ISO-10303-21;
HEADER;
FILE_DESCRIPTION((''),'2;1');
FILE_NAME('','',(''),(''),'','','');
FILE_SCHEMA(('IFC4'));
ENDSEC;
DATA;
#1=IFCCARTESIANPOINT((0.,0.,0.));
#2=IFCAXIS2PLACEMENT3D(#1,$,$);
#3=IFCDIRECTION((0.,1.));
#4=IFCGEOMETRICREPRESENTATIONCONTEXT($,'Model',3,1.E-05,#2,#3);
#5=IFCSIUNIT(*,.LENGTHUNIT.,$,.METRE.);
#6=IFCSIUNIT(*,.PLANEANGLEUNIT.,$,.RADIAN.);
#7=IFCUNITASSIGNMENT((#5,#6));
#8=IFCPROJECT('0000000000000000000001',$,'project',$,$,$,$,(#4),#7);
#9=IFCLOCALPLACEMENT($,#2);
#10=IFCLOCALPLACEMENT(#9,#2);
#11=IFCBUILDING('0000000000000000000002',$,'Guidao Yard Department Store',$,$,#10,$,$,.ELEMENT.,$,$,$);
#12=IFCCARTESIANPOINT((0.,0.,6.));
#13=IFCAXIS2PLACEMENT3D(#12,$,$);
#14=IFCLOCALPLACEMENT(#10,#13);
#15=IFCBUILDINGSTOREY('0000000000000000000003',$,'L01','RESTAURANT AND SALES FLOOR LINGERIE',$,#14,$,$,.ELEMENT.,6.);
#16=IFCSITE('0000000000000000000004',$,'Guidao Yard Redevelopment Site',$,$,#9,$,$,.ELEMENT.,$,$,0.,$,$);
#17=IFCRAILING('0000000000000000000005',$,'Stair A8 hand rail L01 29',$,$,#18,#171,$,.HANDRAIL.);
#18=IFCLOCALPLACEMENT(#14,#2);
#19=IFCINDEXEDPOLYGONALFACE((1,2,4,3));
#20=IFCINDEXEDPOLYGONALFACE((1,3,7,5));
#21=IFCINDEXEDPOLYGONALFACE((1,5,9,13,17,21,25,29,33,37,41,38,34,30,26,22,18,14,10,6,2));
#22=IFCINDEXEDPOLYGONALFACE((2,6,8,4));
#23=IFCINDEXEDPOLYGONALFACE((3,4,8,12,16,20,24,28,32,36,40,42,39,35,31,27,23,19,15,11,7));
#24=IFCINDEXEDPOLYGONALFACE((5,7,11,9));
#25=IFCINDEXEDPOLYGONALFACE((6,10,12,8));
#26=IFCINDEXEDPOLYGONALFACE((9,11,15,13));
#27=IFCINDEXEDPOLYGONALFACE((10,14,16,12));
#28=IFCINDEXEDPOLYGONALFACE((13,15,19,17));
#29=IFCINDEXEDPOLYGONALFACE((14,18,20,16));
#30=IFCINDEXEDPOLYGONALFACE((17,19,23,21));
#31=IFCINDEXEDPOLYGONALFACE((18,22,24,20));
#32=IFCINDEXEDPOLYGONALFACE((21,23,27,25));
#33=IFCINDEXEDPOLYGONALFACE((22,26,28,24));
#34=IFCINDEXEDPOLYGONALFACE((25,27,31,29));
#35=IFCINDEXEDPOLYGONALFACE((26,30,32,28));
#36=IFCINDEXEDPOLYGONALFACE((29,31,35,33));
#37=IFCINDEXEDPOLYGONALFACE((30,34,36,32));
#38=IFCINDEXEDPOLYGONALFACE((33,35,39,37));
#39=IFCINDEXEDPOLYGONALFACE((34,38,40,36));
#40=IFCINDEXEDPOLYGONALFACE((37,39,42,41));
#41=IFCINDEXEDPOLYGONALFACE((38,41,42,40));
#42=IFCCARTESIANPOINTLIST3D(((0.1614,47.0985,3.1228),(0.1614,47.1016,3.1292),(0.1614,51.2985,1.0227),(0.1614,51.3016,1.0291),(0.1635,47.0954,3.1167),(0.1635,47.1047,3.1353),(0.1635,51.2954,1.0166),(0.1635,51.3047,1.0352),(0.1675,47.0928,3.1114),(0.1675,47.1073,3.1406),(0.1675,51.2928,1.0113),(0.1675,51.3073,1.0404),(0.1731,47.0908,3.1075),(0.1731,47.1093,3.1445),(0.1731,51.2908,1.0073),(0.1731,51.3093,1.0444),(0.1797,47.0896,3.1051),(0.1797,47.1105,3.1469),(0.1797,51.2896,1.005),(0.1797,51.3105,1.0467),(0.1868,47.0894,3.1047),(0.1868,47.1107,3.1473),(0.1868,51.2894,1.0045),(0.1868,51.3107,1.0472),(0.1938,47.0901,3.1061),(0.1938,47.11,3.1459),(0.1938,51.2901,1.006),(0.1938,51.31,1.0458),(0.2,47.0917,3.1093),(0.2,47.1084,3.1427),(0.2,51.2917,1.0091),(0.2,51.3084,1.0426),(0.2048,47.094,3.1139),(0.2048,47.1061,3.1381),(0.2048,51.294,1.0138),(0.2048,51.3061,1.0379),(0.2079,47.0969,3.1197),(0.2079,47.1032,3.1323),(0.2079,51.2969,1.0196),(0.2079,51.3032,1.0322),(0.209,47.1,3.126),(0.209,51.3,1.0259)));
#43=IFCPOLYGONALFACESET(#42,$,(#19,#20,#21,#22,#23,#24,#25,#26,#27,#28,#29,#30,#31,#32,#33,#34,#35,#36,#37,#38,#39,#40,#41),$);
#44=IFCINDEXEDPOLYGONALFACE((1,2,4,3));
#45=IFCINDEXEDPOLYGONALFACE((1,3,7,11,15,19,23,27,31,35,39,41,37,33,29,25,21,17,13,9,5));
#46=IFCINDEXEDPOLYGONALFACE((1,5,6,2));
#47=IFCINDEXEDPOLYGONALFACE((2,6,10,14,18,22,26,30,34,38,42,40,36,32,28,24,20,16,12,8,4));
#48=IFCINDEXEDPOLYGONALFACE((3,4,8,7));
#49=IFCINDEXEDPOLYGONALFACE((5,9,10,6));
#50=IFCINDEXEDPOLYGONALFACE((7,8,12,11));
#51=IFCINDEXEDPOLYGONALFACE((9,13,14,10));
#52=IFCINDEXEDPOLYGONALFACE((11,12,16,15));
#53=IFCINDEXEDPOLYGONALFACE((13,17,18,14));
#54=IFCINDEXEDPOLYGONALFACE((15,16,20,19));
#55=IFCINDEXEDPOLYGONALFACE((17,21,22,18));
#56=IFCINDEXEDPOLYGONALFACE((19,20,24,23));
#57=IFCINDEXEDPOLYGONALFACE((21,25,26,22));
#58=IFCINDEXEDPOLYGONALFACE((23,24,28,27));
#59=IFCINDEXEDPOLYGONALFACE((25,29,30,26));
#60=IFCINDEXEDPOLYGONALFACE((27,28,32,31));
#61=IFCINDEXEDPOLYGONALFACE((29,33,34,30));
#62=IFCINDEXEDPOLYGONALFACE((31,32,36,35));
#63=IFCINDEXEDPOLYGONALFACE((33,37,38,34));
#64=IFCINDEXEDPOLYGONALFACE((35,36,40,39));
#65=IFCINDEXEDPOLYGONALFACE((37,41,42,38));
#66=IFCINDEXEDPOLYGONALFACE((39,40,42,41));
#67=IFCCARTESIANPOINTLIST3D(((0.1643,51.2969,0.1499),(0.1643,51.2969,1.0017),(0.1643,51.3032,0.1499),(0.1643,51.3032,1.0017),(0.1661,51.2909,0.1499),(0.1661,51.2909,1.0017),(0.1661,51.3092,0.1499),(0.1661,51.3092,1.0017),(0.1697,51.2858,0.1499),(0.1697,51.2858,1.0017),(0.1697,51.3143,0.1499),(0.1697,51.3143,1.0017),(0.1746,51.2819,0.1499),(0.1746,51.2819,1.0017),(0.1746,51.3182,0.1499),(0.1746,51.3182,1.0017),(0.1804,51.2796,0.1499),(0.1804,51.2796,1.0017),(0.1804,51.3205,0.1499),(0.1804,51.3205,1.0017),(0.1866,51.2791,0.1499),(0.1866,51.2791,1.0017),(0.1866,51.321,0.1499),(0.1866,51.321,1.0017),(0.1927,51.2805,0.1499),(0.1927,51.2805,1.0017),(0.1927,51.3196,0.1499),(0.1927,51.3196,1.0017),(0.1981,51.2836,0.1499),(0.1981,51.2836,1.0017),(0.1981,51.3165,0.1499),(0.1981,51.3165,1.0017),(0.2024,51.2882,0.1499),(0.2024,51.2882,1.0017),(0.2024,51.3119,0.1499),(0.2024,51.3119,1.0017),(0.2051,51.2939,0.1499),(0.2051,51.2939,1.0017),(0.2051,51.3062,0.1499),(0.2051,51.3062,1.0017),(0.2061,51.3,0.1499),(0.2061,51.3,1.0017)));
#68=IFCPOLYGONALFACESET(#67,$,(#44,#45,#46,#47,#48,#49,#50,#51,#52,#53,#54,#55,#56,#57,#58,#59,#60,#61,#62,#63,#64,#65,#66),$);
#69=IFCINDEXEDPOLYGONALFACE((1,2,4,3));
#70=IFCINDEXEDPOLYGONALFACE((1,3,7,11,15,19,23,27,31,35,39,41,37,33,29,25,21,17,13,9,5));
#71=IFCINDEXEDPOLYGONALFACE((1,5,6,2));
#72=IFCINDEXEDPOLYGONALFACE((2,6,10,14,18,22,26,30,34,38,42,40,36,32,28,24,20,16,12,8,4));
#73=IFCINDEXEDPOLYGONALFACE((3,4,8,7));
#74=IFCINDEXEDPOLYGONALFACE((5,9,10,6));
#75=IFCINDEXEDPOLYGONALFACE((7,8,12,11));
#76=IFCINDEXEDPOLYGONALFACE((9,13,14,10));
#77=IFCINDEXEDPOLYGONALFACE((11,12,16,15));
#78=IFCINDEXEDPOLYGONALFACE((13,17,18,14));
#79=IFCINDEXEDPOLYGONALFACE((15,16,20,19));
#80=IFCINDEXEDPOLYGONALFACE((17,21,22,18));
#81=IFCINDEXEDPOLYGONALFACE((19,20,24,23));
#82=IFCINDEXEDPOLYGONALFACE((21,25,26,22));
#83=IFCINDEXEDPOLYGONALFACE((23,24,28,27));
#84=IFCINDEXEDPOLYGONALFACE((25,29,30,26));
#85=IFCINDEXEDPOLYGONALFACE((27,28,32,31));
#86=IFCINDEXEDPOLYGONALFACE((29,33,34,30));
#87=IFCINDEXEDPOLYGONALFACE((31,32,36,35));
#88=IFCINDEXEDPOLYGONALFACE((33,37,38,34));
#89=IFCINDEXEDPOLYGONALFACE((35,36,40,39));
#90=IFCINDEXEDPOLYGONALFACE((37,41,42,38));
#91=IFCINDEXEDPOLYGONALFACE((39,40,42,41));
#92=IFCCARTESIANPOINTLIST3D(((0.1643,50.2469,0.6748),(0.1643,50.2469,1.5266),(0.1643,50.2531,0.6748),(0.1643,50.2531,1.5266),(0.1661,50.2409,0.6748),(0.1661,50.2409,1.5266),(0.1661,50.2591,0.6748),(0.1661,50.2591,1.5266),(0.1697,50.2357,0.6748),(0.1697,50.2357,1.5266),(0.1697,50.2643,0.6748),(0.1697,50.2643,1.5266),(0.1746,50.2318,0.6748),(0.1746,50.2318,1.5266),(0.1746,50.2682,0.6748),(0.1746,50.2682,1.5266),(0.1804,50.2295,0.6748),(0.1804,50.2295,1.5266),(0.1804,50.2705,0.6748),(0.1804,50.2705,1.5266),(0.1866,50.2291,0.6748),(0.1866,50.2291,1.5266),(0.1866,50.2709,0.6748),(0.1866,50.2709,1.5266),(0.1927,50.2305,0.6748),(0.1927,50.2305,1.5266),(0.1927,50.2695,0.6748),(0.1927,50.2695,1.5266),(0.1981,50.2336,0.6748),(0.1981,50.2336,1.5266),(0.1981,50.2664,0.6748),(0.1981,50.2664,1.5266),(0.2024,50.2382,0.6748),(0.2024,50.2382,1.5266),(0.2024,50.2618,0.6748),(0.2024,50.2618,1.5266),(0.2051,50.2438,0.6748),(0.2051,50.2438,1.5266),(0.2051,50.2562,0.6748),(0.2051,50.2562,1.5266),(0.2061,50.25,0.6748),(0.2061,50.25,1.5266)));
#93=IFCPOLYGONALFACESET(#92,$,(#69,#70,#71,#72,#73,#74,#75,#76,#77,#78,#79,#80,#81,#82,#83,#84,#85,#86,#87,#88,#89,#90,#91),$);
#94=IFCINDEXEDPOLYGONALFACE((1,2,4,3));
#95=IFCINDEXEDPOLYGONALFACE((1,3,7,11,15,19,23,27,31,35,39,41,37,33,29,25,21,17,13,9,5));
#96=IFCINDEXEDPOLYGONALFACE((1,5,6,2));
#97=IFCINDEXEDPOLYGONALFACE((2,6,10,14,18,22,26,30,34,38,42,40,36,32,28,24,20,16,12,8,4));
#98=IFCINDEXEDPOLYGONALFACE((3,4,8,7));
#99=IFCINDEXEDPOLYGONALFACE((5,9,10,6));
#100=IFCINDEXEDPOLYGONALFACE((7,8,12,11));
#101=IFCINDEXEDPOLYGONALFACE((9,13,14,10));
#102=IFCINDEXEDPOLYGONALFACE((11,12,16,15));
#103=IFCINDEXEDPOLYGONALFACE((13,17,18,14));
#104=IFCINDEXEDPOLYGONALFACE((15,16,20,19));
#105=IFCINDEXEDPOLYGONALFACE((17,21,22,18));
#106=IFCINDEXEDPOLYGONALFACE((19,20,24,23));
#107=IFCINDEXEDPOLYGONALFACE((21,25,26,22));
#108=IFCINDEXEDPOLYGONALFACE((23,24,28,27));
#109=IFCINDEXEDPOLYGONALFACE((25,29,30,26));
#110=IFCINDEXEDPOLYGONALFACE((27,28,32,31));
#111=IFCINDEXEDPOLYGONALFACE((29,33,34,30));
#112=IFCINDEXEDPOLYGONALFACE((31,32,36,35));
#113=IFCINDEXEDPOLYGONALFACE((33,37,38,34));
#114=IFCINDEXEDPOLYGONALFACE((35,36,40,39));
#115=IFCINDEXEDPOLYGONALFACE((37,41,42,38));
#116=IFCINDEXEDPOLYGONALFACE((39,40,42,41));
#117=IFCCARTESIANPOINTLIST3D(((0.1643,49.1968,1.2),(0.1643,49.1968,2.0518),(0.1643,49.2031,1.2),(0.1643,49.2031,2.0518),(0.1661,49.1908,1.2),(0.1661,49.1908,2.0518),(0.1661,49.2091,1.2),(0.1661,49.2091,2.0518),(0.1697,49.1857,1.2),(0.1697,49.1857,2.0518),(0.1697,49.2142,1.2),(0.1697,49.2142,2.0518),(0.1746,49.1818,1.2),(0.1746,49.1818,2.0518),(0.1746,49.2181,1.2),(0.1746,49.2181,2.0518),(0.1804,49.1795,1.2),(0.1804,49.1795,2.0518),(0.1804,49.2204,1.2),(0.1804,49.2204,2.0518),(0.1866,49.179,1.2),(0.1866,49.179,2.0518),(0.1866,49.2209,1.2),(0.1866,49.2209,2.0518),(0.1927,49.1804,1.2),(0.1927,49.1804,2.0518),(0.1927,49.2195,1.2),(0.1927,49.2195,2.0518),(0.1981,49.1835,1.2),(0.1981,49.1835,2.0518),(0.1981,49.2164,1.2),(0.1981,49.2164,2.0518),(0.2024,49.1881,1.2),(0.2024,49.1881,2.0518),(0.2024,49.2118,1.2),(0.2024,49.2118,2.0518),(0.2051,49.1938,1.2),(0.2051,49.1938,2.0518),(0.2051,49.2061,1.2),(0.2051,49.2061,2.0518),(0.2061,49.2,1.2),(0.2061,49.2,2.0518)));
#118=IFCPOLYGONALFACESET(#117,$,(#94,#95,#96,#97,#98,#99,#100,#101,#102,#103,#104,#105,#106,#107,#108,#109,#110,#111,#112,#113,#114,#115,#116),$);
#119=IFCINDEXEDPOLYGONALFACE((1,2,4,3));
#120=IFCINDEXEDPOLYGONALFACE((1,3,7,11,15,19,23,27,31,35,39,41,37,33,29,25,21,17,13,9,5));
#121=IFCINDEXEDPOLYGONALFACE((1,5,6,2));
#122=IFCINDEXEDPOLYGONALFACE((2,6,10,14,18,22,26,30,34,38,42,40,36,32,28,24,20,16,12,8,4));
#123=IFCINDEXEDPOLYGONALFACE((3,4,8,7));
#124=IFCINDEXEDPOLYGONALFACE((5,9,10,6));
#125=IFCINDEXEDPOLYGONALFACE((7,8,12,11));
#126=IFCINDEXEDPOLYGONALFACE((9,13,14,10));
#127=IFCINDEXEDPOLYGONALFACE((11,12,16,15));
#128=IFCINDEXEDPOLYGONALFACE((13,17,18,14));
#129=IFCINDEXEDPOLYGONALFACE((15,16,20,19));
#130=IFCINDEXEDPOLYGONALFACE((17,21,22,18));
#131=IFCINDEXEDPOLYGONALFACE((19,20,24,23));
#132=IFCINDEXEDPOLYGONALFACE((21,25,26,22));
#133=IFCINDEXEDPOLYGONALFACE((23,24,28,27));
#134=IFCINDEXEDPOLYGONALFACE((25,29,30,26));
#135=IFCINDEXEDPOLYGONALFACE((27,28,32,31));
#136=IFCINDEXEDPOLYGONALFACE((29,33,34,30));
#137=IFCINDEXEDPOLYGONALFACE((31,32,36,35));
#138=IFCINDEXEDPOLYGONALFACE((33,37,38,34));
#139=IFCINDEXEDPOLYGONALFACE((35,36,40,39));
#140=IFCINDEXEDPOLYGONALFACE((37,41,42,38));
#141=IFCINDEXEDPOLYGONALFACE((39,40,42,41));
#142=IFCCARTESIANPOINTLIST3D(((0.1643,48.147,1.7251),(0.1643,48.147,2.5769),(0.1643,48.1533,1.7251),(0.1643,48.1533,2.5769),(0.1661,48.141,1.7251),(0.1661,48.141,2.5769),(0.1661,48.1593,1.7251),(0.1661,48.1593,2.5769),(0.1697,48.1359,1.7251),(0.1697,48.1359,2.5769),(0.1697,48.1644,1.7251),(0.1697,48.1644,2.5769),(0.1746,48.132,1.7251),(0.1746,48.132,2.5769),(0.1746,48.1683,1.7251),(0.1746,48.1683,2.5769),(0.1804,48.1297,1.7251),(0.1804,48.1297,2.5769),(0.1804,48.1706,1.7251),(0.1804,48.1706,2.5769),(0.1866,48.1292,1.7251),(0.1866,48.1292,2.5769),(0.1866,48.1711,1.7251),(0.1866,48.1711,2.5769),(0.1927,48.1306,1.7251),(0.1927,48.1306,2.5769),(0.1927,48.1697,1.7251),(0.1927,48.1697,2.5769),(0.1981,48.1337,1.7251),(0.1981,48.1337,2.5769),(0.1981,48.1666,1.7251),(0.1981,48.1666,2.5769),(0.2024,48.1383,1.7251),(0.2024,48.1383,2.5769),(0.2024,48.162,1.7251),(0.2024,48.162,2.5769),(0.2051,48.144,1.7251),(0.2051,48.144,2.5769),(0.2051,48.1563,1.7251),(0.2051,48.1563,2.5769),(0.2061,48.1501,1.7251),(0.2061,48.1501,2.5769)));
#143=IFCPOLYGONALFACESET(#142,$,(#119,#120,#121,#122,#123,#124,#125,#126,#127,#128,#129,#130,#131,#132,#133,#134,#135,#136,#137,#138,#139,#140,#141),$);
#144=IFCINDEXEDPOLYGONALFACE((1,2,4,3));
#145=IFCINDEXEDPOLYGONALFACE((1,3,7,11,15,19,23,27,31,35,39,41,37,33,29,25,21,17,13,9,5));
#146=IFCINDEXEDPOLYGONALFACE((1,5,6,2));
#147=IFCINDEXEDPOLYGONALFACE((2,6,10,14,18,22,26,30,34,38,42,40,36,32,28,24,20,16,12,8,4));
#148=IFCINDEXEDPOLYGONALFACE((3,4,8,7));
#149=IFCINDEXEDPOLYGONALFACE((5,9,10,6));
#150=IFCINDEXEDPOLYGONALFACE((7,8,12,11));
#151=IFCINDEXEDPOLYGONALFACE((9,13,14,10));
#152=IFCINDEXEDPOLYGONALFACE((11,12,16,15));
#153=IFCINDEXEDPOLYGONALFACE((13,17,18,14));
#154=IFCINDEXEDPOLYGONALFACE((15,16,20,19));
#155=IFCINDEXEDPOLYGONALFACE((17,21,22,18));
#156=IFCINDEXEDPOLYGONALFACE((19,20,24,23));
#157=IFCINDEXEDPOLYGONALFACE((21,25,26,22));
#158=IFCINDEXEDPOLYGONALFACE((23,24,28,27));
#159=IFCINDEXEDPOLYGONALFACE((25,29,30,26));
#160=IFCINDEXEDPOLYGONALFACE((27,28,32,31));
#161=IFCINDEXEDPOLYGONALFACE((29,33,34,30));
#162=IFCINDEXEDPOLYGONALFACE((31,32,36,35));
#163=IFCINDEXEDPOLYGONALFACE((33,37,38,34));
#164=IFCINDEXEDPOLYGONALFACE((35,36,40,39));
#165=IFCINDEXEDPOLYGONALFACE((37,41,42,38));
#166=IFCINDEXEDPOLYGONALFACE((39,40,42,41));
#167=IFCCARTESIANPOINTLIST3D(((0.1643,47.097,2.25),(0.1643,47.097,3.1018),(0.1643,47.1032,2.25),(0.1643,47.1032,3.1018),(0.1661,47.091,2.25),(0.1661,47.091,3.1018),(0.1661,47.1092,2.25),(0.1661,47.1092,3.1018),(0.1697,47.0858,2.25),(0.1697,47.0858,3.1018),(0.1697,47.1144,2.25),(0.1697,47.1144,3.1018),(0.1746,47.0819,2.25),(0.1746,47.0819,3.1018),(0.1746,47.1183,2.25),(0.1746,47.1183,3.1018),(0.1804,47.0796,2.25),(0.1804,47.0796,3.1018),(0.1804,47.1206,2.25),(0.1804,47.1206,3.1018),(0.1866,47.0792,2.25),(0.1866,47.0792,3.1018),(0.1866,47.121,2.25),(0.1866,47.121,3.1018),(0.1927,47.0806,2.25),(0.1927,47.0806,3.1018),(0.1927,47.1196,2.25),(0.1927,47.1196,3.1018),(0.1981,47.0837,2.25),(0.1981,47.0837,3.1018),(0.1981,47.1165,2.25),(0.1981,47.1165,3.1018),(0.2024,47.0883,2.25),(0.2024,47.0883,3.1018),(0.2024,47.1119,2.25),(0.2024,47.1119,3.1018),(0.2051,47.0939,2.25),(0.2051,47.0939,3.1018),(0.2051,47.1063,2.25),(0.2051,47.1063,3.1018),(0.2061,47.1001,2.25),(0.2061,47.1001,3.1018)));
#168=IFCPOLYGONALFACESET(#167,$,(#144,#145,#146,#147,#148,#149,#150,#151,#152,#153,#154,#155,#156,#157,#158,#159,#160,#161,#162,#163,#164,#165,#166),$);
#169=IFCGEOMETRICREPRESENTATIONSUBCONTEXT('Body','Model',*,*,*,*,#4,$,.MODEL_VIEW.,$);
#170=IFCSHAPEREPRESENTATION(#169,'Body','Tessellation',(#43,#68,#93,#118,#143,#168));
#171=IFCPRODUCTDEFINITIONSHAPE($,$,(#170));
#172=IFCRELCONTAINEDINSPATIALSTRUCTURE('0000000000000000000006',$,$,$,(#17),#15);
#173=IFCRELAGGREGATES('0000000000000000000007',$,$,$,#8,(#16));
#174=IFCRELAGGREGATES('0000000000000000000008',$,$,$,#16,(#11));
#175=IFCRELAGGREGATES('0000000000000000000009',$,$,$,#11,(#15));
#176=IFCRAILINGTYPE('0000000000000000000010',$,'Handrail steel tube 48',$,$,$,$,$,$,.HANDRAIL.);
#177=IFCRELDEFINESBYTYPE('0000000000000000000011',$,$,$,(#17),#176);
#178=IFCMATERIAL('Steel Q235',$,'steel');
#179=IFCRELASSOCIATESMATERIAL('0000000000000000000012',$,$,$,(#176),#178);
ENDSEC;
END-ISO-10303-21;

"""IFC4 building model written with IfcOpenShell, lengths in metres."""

from ifc_helpers import new_model, si_unit, direction, frame, origin, origin_2d, place, context, subcontext, project, spatial, circle, extrude, material, type_object, element, save


model = new_model("IFC4")

# Units and contexts
model_context = context("Model", 3, precision=1e-05, world=origin(), true_north=direction((0.0, 1.0)))
body_context = subcontext(model_context, "Body", "Model", "MODEL_VIEW")
ifc_project = project(units=[si_unit("LENGTHUNIT", "METRE"), si_unit("PLANEANGLEUNIT", "RADIAN")], contexts=[model_context])

# Site, building, storey
site_placement = place(None, origin())
site = spatial("IfcSite", under=ifc_project, at=site_placement, Name="Guidao Yard Redevelopment Site", CompositionType="ELEMENT", RefElevation=0.0)
building_placement = place(site_placement, origin())
building = spatial("IfcBuilding", under=site, at=building_placement, Name="Guidao Yard Department Store", CompositionType="ELEMENT")
storey_placement = place(building_placement, frame((0.0, 0.0, 6.0)))
storey = spatial("IfcBuildingStorey", under=building, at=storey_placement, Name="L01", Description="RESTAURANT AND SALES FLOOR LINGERIE", CompositionType="ELEMENT", Elevation=6.0)

# Railing
ifc_material_1 = material(Name="Steel Q235", Category="steel")
railing_type_1 = type_object("IfcRailingType", Name="Handrail steel tube 48", PredefinedType="HANDRAIL", material=ifc_material_1)
for number, where, name in (
    (1, (0.1851, 51.3, 0.1499), "Stair A8 hand rail L01 29"),
):
    element("IfcRailing", number, at=place(storey_placement, frame(where)), inside=storey, type_object=railing_type_1, Name=name, PredefinedType="HANDRAIL", context=body_context, shape_type="SweptSolid", body=[
        extrude(circle(Radius=0.0239, at=origin_2d()), frame((0.0, 0.0, 0.876), z_axis=(0.0, -0.894417, 0.447234), x_axis=(1.0, 0.0, 0.0)), (0.0, 0.0, 1.0), 4.6958),
        extrude(circle(Radius=0.021, at=origin_2d()), origin(), (0.0, 0.0, 1.0), 0.8518),
        extrude(circle(Radius=0.021, at=origin_2d()), frame((0.0, -1.05, 0.5249)), (0.0, 0.0, 1.0), 0.8518),
        extrude(circle(Radius=0.021, at=origin_2d()), frame((0.0, -2.1001, 1.05)), (0.0, 0.0, 1.0), 0.8518),
        extrude(circle(Radius=0.021, at=origin_2d()), frame((0.0, -3.1499, 1.5752)), (0.0, 0.0, 1.0), 0.8518),
        extrude(circle(Radius=0.021, at=origin_2d()), frame((0.0, -4.2, 2.1001)), (0.0, 0.0, 1.0), 0.8518),
    ])

save(model, "model.ifc")
